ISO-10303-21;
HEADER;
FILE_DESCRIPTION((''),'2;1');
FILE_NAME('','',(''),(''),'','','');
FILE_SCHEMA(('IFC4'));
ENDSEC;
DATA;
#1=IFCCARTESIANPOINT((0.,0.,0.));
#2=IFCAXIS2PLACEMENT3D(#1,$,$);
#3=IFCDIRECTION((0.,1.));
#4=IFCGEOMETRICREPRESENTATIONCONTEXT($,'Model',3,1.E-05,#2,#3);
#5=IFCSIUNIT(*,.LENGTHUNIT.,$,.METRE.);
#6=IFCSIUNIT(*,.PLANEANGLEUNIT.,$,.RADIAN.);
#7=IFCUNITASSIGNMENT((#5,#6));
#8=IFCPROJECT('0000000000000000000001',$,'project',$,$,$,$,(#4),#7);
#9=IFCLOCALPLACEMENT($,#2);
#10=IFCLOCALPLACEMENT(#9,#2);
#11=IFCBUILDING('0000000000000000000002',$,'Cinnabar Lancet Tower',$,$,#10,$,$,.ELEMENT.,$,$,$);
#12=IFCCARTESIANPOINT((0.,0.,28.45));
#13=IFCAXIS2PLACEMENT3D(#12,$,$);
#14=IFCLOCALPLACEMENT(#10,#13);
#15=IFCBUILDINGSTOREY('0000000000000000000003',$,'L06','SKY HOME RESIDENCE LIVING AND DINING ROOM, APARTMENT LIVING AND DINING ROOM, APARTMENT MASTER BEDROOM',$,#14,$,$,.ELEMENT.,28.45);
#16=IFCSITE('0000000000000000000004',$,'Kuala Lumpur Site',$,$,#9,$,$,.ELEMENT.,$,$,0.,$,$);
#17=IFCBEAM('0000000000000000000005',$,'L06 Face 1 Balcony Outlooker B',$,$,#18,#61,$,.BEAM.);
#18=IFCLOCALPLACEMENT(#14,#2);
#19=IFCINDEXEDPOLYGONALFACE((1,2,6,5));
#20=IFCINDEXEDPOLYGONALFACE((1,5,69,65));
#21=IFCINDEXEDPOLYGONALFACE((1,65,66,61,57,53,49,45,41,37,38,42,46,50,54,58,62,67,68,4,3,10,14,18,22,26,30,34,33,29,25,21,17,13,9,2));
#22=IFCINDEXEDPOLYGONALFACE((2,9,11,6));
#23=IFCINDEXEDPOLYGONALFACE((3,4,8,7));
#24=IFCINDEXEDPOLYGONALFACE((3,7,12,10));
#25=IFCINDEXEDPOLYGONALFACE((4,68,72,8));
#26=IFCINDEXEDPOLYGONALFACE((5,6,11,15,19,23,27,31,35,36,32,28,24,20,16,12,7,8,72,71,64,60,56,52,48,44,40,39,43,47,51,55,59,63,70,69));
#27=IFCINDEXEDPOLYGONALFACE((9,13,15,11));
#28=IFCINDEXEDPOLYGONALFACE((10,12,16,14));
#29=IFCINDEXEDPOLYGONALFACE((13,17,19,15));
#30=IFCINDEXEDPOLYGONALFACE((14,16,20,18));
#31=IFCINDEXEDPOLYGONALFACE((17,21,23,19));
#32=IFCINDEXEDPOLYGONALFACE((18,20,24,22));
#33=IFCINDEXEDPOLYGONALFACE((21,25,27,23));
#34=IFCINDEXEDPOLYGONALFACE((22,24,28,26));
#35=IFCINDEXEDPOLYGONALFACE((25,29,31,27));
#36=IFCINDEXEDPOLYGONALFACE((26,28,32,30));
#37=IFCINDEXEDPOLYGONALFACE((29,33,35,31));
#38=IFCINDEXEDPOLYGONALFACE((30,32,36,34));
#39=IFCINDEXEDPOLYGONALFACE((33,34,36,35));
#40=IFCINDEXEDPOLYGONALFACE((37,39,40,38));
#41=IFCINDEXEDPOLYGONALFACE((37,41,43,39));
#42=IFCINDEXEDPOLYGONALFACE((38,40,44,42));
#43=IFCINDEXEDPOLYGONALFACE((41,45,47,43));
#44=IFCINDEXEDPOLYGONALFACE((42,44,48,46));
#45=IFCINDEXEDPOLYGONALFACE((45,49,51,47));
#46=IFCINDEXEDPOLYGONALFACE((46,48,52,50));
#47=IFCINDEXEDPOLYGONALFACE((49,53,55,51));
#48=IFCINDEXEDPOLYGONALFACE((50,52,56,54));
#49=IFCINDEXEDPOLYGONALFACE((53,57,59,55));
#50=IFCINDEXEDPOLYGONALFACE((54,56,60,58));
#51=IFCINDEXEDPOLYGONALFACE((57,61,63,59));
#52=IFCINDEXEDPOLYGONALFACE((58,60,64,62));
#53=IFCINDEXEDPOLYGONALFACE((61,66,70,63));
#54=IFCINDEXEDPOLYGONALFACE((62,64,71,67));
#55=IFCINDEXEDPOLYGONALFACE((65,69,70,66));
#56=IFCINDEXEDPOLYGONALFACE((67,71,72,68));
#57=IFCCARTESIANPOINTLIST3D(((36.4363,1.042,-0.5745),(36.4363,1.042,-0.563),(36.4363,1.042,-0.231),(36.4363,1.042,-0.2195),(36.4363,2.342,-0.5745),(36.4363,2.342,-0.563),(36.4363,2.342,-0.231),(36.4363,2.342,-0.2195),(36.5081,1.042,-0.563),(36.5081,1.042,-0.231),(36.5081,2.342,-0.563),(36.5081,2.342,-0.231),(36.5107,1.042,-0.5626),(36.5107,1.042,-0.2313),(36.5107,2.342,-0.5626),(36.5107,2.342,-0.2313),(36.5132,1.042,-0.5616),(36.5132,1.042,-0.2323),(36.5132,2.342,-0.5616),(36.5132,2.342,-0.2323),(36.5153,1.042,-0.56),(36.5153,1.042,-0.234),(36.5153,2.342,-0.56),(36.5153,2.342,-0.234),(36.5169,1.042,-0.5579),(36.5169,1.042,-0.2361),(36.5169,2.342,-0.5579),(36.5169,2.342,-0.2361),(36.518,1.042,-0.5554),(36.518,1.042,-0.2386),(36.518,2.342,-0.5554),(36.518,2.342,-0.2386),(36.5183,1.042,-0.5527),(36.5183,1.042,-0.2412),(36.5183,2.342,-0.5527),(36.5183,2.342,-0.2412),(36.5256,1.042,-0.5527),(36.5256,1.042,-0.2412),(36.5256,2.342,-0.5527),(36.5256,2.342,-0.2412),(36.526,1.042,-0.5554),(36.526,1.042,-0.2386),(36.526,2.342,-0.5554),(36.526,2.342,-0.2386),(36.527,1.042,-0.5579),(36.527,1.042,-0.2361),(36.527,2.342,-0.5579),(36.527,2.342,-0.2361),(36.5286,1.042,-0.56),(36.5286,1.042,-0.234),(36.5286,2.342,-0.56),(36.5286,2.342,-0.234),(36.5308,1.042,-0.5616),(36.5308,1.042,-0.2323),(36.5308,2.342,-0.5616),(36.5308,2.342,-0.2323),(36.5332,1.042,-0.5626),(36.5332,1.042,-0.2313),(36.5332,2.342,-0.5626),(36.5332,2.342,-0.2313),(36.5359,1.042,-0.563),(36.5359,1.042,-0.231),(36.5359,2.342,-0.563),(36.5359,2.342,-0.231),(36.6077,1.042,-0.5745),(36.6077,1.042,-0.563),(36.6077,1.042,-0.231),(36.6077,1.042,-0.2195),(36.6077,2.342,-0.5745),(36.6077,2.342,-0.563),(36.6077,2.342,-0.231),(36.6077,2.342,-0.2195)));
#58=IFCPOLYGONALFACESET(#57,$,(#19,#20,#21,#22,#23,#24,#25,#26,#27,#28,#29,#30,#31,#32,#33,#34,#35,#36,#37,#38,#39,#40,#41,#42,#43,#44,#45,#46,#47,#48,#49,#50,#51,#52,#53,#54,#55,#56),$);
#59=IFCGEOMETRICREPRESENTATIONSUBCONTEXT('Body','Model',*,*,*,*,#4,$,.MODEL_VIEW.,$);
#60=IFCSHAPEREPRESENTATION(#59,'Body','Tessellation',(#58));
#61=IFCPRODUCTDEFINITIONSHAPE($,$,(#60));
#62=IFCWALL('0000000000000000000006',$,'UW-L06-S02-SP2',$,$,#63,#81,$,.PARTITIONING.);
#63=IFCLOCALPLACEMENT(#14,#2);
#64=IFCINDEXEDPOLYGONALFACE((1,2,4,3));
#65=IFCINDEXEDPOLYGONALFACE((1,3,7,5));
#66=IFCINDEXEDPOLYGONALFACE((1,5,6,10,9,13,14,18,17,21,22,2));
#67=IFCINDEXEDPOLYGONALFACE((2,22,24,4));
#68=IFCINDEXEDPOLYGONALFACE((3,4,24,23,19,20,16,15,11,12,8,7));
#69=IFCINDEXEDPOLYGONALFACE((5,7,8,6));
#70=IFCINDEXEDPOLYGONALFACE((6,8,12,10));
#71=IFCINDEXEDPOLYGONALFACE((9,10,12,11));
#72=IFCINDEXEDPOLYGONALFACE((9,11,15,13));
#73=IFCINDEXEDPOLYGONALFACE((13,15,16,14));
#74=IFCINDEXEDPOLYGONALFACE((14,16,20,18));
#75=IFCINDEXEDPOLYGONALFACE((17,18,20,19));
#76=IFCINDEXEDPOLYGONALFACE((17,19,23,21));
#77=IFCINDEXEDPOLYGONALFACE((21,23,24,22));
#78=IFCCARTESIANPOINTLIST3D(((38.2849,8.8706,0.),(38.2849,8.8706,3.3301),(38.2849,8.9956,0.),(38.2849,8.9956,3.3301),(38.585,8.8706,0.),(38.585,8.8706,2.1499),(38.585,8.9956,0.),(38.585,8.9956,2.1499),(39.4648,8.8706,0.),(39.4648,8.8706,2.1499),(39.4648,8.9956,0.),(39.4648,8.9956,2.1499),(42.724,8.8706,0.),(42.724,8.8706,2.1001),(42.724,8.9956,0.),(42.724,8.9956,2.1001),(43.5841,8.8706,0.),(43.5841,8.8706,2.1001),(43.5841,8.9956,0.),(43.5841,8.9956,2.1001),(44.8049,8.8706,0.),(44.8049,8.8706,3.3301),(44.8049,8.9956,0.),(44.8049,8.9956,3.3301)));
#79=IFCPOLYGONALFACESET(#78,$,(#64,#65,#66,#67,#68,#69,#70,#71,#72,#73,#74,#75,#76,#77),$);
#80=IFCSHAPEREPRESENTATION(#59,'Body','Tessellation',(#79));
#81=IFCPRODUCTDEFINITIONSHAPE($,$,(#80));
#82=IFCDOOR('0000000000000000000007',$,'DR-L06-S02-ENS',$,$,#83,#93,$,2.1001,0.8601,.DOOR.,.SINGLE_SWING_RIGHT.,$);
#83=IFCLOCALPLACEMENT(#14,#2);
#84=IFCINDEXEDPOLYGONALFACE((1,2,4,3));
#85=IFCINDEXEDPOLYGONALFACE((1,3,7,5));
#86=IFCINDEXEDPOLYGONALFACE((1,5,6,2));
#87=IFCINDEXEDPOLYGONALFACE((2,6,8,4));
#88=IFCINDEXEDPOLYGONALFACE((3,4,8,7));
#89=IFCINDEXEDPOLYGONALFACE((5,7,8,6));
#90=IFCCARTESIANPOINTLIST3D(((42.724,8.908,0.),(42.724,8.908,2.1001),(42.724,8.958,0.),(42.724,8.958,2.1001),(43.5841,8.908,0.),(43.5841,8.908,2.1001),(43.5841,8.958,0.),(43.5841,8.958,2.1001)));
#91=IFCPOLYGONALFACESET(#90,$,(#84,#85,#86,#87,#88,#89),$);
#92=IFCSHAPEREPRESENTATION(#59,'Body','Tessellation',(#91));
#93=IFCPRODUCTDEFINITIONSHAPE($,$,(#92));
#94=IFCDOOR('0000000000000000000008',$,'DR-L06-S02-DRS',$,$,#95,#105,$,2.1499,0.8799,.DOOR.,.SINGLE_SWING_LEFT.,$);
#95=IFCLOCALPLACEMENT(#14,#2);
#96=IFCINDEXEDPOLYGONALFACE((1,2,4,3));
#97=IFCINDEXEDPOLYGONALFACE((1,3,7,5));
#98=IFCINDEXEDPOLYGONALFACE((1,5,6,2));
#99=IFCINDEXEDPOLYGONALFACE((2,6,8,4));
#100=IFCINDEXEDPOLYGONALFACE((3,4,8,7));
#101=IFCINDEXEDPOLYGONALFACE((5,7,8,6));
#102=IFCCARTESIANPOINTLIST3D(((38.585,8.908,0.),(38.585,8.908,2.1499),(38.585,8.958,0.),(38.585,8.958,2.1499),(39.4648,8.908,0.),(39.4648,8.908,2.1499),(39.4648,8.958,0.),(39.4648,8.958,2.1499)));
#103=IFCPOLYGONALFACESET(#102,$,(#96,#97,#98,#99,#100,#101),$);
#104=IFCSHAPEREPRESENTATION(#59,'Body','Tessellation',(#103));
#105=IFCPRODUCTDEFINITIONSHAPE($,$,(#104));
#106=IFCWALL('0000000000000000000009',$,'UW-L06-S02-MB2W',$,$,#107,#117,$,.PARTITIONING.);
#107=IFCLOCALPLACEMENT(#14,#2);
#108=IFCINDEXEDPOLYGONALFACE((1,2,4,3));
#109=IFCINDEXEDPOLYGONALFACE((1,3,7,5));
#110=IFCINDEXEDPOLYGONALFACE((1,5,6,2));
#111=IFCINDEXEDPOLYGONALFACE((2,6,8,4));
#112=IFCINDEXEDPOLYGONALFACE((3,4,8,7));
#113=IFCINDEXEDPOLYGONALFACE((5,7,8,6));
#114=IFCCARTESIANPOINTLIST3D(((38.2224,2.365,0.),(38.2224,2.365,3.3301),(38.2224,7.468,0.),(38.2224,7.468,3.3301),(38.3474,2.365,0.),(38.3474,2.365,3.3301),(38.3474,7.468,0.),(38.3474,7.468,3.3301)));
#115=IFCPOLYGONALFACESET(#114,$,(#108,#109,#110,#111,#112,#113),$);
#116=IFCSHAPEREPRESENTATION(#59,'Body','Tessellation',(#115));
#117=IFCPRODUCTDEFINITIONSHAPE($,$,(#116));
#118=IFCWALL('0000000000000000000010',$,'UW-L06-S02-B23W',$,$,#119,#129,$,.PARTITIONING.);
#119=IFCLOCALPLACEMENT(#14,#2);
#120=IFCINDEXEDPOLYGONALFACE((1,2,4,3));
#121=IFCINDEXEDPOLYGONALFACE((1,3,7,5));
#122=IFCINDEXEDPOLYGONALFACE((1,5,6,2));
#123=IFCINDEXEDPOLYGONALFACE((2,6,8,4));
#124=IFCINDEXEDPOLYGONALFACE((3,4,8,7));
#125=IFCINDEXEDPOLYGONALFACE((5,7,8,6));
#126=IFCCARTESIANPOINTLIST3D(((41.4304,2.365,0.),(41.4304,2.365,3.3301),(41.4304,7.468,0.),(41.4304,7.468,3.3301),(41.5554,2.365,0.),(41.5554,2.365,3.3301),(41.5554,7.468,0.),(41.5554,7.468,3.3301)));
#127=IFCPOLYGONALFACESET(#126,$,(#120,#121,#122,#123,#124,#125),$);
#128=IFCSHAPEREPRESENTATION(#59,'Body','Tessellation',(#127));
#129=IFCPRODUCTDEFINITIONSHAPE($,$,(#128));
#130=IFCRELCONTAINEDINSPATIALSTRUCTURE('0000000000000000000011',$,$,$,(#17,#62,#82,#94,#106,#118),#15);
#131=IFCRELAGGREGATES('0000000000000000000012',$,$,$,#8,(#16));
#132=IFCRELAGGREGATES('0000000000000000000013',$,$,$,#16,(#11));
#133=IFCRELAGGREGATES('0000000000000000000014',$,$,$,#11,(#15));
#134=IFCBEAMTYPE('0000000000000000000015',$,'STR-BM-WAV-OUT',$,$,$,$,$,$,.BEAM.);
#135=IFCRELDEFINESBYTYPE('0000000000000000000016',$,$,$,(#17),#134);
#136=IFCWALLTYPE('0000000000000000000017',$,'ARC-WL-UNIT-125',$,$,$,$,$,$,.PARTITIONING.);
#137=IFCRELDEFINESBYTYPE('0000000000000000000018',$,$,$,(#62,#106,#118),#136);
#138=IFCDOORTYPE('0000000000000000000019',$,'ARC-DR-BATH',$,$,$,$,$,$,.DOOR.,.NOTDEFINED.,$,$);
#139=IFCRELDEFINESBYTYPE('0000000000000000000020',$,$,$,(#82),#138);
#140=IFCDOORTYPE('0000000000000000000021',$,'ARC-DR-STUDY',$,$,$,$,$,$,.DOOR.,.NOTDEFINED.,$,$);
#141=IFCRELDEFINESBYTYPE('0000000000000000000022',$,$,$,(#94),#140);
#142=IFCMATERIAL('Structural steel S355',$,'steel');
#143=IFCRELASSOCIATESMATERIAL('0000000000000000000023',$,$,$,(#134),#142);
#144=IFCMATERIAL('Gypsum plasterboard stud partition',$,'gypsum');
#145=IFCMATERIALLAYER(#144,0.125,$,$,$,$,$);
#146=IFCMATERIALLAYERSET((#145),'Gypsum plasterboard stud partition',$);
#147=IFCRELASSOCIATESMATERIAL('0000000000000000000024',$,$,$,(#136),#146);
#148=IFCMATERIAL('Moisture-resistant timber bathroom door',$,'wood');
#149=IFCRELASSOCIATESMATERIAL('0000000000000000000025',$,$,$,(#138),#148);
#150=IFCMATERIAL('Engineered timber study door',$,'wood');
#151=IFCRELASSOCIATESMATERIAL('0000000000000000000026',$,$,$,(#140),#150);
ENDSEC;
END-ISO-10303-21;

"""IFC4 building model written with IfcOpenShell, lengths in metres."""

from ifc_helpers import new_model, si_unit, direction, frame, frame_2d, origin, origin_2d, place, context, subcontext, project, spatial, rectangle, i_section, extrude, material, layer, layer_set, material_profile, profile_set, type_object, element, fill, save


model = new_model("IFC4")

# Units and contexts
model_context = context("Model", 3, precision=1e-05, world=origin(), true_north=direction((0.0, 1.0)))
body_context = subcontext(model_context, "Body", "Model", "MODEL_VIEW")
ifc_project = project(units=[si_unit("LENGTHUNIT", "METRE"), si_unit("PLANEANGLEUNIT", "RADIAN")], contexts=[model_context])

# Site, building, storey
site_placement = place(None, origin())
site = spatial("IfcSite", under=ifc_project, at=site_placement, Name="Kuala Lumpur Site", CompositionType="ELEMENT", RefElevation=0.0)
building_placement = place(site_placement, origin())
building = spatial("IfcBuilding", under=site, at=building_placement, Name="Cinnabar Lancet Tower", CompositionType="ELEMENT")
storey_placement = place(building_placement, frame((0.0, 0.0, 28.45)))
storey = spatial("IfcBuildingStorey", under=building, at=storey_placement, Name="L06", Description="SKY HOME RESIDENCE LIVING AND DINING ROOM, APARTMENT LIVING AND DINING ROOM, APARTMENT MASTER BEDROOM", CompositionType="ELEMENT", Elevation=28.45)

# Beam
ifc_material_1 = material(Name="Structural steel S355", Category="steel")
ifc_material_profile_1 = material_profile(ifc_material_1, i_section(OverallWidth=0.1714, OverallDepth=0.355, WebThickness=0.0073, FlangeThickness=0.0115, FilletRadius=0.0103, at=origin_2d()), Name="UKB 356x171x51")
ifc_profile_set_1 = profile_set([ifc_material_profile_1], Name="Structural steel S355")
beam_type_1 = type_object("IfcBeamType", Name="STR-BM-WAV-OUT", PredefinedType="BEAM", material=ifc_profile_set_1)
beam_1_placement = place(storey_placement, frame((36.522, 2.342, -0.397), z_axis=(0.0, -1.0, 0.0), x_axis=(1.0, 0.0, 0.0)))
element("IfcBeam", 1, at=beam_1_placement, inside=storey, type_object=beam_type_1, Name="L06 Face 1 Balcony Outlooker B", PredefinedType="BEAM", context=body_context, shape_type="SweptSolid", body=[
    extrude(i_section(OverallWidth=0.1714, OverallDepth=0.355, WebThickness=0.0073, FlangeThickness=0.0115, FilletRadius=0.0103, at=origin_2d()), origin(), (0.0, 0.0, 1.0), 1.3),
])

# Wall, openings, doors
ifc_material_2 = material(Name="Gypsum plasterboard stud partition", Category="gypsum")
ifc_layer_1 = layer(ifc_material_2, 0.125)
ifc_layer_set_1 = layer_set([ifc_layer_1], Name="Gypsum plasterboard stud partition")
wall_type_1 = type_object("IfcWallType", Name="ARC-WL-UNIT-125", PredefinedType="PARTITIONING", material=ifc_layer_set_1)
wall_1_placement = place(storey_placement, frame((38.2849, 8.9331, 0.0), z_axis=(0.0, 0.0, 1.0), x_axis=(1.0, 0.0, 0.0)))
wall_1 = element("IfcWall", 2, at=wall_1_placement, inside=storey, type_object=wall_type_1, Name="UW-L06-S02-SP2", PredefinedType="PARTITIONING", context=body_context, shape_type="SweptSolid", body=[
    extrude(rectangle(XDim=6.52, YDim=0.125, at=frame_2d((3.26, 0.0))), origin(), (0.0, 0.0, 1.0), 3.3301),
])
opening_1_placement = place(wall_1_placement, frame((4.439, 0.0, 0.0)))
opening_1 = element("IfcOpeningElement", 3, at=opening_1_placement, cuts=wall_1, PredefinedType="OPENING", context=body_context, shape_type="SweptSolid", body=[
    extrude(rectangle(XDim=0.8601, YDim=2.1001, at=frame_2d((0.4302, 1.05))), frame((0.0, 0.0725, 0.0), z_axis=(0.0, -1.0, 0.0), x_axis=(1.0, 0.0, 0.0)), (0.0, 0.0, 1.0), 0.145),
])
opening_2_placement = place(wall_1_placement, frame((0.3, 0.0, 0.0)))
opening_2 = element("IfcOpeningElement", 4, at=opening_2_placement, cuts=wall_1, PredefinedType="OPENING", context=body_context, shape_type="SweptSolid", body=[
    extrude(rectangle(XDim=0.8799, YDim=2.1499, at=frame_2d((0.4399, 1.075))), frame((0.0, 0.0725, 0.0), z_axis=(0.0, -1.0, 0.0), x_axis=(1.0, 0.0, 0.0)), (0.0, 0.0, 1.0), 0.145),
])
ifc_material_3 = material(Name="Moisture-resistant timber bathroom door", Category="wood")
door_type_1 = type_object("IfcDoorType", Name="ARC-DR-BATH", OperationType="NOTDEFINED", PredefinedType="DOOR", material=ifc_material_3)
door_1_placement = place(opening_1_placement, origin())
door_1 = element("IfcDoor", 5, at=door_1_placement, inside=storey, type_object=door_type_1, Name="DR-L06-S02-ENS", OperationType="SINGLE_SWING_RIGHT", OverallHeight=2.1001, OverallWidth=0.8601, PredefinedType="DOOR", context=body_context, shape_type="SweptSolid", body=[
    extrude(rectangle(XDim=0.8601, YDim=2.1001, at=frame_2d((0.4302, 1.05))), frame((0.0, 0.0249, 0.0), z_axis=(0.0, -1.0, 0.0), x_axis=(1.0, 0.0, 0.0)), (0.0, 0.0, 1.0), 0.05),
])
fill(opening_1, door_1)
ifc_material_4 = material(Name="Engineered timber study door", Category="wood")
door_type_2 = type_object("IfcDoorType", Name="ARC-DR-STUDY", OperationType="NOTDEFINED", PredefinedType="DOOR", material=ifc_material_4)
door_2_placement = place(opening_2_placement, origin())
door_2 = element("IfcDoor", 6, at=door_2_placement, inside=storey, type_object=door_type_2, Name="DR-L06-S02-DRS", OperationType="SINGLE_SWING_LEFT", OverallHeight=2.1499, OverallWidth=0.8799, PredefinedType="DOOR", context=body_context, shape_type="SweptSolid", body=[
    extrude(rectangle(XDim=0.8799, YDim=2.1499, at=frame_2d((0.4399, 1.075))), frame((0.0, 0.0249, 0.0), z_axis=(0.0, -1.0, 0.0), x_axis=(1.0, 0.0, 0.0)), (0.0, 0.0, 1.0), 0.05),
])
fill(opening_2, door_2)

# Walls
for number, where, z_axis, x_axis, name in (
    (7, (38.2849, 2.365, 0.0), (0.0, 0.0, 1.0), (0.0, 1.0, 0.0), "UW-L06-S02-MB2W"),
    (8, (41.4929, 2.365, 0.0), (0.0, 0.0, 1.0), (0.0, 1.0, 0.0), "UW-L06-S02-B23W"),
):
    element("IfcWall", number, at=place(storey_placement, frame(where, z_axis=z_axis, x_axis=x_axis)), inside=storey, type_object=wall_type_1, Name=name, PredefinedType="PARTITIONING", context=body_context, shape_type="SweptSolid", body=[
        extrude(rectangle(XDim=5.103, YDim=0.125, at=frame_2d((2.5515, 0.0))), origin(), (0.0, 0.0, 1.0), 3.3301),
    ])

save(model, "model.ifc")
